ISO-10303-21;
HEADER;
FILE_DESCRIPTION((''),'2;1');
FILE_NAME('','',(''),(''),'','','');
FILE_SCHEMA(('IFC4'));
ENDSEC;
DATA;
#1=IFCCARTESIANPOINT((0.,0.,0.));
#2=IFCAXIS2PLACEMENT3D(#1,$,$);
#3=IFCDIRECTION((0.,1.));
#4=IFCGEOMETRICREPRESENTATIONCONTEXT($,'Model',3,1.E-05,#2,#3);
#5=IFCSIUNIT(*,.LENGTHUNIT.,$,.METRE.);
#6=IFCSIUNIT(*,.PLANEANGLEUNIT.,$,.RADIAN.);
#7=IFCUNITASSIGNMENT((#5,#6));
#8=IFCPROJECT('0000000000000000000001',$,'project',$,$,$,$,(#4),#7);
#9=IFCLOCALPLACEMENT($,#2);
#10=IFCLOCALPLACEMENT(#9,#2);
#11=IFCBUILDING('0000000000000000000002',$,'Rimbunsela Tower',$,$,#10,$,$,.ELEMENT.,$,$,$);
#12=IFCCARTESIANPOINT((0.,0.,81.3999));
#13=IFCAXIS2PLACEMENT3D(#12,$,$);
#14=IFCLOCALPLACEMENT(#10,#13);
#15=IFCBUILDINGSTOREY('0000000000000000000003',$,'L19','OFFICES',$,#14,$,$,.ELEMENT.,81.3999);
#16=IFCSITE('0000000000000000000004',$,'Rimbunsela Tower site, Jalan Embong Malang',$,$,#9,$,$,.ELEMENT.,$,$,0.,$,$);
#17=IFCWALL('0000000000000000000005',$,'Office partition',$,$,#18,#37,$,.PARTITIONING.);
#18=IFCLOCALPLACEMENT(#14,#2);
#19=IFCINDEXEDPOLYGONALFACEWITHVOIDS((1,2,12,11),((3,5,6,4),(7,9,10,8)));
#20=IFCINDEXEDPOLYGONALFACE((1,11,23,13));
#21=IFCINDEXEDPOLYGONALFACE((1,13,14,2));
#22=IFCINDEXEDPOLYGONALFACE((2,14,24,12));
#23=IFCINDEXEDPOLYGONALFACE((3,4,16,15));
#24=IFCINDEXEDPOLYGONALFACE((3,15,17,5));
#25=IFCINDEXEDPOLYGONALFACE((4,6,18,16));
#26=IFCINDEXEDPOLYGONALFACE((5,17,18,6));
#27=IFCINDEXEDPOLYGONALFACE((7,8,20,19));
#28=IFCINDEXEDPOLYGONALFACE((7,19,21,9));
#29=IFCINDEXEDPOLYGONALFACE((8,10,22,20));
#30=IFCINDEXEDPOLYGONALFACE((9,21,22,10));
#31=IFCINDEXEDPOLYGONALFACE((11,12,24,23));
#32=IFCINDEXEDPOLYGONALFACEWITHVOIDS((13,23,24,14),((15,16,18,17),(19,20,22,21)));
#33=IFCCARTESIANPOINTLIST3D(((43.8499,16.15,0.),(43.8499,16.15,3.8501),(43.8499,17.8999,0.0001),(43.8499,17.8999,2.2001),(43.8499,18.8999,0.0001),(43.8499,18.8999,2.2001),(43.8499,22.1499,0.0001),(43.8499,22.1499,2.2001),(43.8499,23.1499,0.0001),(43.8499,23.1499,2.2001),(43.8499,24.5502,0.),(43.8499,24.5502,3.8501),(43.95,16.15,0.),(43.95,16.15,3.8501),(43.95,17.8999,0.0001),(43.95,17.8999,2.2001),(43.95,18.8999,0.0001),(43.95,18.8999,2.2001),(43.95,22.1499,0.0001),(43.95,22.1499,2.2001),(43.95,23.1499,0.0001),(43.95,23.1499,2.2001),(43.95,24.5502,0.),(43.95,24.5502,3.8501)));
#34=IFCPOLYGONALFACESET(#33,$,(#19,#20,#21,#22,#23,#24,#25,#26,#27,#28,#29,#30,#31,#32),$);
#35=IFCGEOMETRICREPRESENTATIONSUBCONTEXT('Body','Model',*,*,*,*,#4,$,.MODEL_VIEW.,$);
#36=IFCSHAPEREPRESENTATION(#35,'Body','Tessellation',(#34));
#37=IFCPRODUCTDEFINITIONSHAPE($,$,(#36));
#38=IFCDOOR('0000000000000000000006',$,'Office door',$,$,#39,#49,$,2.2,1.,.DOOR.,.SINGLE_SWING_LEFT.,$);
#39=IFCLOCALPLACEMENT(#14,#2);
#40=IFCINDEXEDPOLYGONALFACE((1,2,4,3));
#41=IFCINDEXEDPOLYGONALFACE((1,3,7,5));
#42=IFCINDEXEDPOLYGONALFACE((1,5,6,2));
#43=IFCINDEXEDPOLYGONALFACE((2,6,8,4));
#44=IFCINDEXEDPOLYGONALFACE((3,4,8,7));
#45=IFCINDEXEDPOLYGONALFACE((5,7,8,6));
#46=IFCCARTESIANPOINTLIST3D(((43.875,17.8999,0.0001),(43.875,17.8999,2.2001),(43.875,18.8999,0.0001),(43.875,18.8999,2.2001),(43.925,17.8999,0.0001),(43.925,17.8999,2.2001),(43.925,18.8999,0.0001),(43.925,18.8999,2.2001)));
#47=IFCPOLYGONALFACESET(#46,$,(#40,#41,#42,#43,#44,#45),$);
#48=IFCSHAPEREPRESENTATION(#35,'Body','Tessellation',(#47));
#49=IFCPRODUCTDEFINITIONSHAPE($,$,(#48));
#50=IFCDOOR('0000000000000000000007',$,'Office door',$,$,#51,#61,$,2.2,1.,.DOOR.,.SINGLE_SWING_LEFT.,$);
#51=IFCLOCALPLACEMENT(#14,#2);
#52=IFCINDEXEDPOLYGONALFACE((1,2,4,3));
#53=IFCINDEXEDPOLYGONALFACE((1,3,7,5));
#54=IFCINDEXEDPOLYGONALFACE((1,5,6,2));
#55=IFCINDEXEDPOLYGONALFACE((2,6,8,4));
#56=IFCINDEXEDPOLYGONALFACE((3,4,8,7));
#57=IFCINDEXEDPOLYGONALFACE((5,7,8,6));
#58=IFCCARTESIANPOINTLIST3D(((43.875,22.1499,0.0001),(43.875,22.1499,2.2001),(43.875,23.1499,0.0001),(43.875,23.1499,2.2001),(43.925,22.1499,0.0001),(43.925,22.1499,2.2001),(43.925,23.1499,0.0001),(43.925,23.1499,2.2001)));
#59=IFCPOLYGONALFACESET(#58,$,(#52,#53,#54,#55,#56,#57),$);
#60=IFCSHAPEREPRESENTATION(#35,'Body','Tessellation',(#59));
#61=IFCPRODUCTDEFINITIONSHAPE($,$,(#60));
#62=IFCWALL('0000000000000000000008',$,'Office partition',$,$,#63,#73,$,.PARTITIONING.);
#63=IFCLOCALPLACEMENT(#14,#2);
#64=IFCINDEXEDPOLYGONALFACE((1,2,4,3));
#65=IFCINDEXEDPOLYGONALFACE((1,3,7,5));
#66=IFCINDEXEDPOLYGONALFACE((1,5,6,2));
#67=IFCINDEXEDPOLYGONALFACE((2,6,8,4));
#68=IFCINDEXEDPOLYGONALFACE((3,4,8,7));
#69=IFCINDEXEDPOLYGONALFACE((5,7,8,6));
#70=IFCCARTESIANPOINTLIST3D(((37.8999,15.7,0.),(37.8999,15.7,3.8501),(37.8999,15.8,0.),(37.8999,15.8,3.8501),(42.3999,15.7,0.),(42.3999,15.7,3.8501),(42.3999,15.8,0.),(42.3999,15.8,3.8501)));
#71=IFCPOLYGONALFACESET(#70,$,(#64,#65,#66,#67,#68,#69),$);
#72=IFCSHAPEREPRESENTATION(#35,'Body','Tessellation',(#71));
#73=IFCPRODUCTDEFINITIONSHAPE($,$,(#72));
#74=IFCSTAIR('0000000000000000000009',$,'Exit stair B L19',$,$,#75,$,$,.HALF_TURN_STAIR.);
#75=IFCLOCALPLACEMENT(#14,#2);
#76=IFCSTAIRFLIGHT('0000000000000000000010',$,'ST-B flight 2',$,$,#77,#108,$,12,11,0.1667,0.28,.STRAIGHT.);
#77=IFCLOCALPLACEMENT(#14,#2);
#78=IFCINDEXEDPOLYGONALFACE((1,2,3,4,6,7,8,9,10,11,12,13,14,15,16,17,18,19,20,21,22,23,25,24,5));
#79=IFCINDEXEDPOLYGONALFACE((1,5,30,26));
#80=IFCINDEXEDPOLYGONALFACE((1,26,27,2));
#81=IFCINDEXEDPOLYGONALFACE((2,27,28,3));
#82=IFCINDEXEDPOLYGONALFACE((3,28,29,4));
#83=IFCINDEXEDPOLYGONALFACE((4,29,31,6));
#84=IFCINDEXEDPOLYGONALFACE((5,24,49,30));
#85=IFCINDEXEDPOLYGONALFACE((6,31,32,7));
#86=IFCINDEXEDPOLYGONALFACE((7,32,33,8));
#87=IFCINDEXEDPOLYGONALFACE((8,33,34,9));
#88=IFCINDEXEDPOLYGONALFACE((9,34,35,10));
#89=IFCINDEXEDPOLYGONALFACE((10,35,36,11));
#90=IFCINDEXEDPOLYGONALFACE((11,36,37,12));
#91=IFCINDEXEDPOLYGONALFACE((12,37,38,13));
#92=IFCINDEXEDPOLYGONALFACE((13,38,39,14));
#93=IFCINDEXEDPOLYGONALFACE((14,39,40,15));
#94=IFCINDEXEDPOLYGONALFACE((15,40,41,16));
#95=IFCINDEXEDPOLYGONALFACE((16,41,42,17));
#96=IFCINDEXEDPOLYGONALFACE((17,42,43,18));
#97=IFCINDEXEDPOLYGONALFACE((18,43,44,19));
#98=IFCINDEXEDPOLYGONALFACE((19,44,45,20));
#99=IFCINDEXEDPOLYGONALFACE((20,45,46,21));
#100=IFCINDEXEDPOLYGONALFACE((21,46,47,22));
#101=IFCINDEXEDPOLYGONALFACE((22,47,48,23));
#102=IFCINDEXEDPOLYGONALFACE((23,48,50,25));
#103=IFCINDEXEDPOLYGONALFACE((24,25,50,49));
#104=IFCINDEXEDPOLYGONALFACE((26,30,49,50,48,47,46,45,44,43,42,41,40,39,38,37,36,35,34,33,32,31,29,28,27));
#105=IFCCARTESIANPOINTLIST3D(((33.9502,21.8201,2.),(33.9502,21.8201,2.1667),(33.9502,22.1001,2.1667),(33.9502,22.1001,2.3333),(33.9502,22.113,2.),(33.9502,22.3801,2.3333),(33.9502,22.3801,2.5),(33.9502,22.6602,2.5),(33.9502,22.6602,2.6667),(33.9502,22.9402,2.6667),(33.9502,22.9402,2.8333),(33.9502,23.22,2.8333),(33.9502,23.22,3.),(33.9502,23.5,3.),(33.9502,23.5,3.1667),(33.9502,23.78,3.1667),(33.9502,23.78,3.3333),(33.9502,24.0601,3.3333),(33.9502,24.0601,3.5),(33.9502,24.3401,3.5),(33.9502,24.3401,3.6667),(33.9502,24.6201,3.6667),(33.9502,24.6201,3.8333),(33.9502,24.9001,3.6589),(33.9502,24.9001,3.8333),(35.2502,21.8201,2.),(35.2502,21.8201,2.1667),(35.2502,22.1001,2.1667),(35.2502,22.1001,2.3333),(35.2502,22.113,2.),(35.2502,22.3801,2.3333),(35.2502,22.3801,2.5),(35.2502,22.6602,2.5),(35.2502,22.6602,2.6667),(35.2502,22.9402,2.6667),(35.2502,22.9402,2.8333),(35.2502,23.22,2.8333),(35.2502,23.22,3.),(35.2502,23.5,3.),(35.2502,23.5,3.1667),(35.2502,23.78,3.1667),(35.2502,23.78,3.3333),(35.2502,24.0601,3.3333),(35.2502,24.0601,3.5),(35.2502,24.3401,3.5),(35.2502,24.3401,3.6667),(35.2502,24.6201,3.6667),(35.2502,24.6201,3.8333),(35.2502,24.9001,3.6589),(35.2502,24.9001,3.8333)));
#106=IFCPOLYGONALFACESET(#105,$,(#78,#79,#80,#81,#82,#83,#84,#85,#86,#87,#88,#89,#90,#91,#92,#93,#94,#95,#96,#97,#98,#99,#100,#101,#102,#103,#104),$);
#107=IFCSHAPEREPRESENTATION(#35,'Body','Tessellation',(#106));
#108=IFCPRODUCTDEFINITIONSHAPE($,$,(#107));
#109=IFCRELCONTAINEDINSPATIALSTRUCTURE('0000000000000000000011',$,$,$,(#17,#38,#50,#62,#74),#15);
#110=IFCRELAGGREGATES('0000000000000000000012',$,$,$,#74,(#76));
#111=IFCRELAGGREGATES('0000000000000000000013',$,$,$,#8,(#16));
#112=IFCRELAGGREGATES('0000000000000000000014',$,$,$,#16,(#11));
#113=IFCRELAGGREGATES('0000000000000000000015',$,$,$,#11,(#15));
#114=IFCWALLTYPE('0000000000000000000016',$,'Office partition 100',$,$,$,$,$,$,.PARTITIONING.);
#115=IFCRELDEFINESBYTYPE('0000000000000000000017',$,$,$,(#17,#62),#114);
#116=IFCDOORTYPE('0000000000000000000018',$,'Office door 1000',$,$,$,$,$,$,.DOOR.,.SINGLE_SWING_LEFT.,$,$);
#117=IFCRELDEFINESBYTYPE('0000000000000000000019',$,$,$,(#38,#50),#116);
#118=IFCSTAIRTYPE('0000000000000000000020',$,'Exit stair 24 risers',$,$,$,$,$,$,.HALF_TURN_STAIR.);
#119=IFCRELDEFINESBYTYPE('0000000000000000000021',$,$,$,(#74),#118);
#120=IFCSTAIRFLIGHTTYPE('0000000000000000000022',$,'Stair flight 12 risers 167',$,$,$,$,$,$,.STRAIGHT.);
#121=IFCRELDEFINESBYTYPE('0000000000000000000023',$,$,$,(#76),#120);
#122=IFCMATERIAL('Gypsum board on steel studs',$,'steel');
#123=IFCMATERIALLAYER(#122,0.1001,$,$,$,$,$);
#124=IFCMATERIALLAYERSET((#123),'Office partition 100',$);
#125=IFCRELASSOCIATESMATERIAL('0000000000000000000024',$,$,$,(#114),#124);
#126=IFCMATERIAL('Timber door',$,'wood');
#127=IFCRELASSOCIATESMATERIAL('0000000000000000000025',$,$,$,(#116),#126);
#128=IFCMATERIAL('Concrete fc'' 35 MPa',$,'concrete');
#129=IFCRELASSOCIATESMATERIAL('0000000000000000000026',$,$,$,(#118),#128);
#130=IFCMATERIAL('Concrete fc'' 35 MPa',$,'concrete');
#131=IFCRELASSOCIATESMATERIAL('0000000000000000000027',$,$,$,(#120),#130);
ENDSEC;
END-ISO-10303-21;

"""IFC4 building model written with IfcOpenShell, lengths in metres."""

from ifc_helpers import new_model, si_unit, direction, frame, frame_2d, origin, place, context, subcontext, project, spatial, polyline, rectangle, outline, extrude, material, layer, layer_set, type_object, element, fill, aggregate, save


model = new_model("IFC4")

# Units and contexts
model_context = context("Model", 3, precision=1e-05, world=origin(), true_north=direction((0.0, 1.0)))
body_context = subcontext(model_context, "Body", "Model", "MODEL_VIEW")
ifc_project = project(units=[si_unit("LENGTHUNIT", "METRE"), si_unit("PLANEANGLEUNIT", "RADIAN")], contexts=[model_context])

# Site, building, storey
site_placement = place(None, origin())
site = spatial("IfcSite", under=ifc_project, at=site_placement, Name="Rimbunsela Tower site, Jalan Embong Malang", CompositionType="ELEMENT", RefElevation=0.0)
building_placement = place(site_placement, origin())
building = spatial("IfcBuilding", under=site, at=building_placement, Name="Rimbunsela Tower", CompositionType="ELEMENT")
storey_placement = place(building_placement, frame((0.0, 0.0, 81.3999)))
storey = spatial("IfcBuildingStorey", under=building, at=storey_placement, Name="L19", Description="OFFICES", CompositionType="ELEMENT", Elevation=81.3999)

# Shared definitions
ifc_material_1 = material(Name="Gypsum board on steel studs", Category="steel")
ifc_layer_1 = layer(ifc_material_1, 0.1001)
ifc_layer_set_1 = layer_set([ifc_layer_1], Name="Office partition 100")
wall_type_1 = type_object("IfcWallType", Name="Office partition 100", PredefinedType="PARTITIONING", material=ifc_layer_set_1)

# Wall, openings, doors
wall_1_placement = place(storey_placement, frame((43.8999, 16.1499, 0.0), z_axis=(0.0, 0.0, 1.0), x_axis=(0.0, 1.0, 0.0)))
wall_1 = element("IfcWall", 1, at=wall_1_placement, inside=storey, type_object=wall_type_1, Name="Office partition", PredefinedType="PARTITIONING", context=body_context, shape_type="SweptSolid", body=[
    extrude(rectangle(XDim=8.4001, YDim=0.1001, at=frame_2d((4.2002, 0.0))), origin(), (0.0, 0.0, 1.0), 3.8501),
])
opening_1_placement = place(wall_1_placement, frame((1.75, 0.0, 0.0)))
opening_1 = element("IfcOpeningElement", 2, at=opening_1_placement, cuts=wall_1, PredefinedType="OPENING", context=body_context, shape_type="SweptSolid", body=[
    extrude(rectangle(XDim=1.0, YDim=2.2, at=frame_2d((0.5, 1.1001))), frame((0.0, 0.0601, 0.0), z_axis=(0.0, -1.0, 0.0), x_axis=(1.0, 0.0, 0.0)), (0.0, 0.0, 1.0), 0.1201),
])
opening_2_placement = place(wall_1_placement, frame((6.0, 0.0, 0.0)))
opening_2 = element("IfcOpeningElement", 3, at=opening_2_placement, cuts=wall_1, PredefinedType="OPENING", context=body_context, shape_type="SweptSolid", body=[
    extrude(rectangle(XDim=1.0, YDim=2.2, at=frame_2d((0.5, 1.1001))), frame((0.0, 0.0601, 0.0), z_axis=(0.0, -1.0, 0.0), x_axis=(1.0, 0.0, 0.0)), (0.0, 0.0, 1.0), 0.1201),
])
ifc_material_2 = material(Name="Timber door", Category="wood")
door_type_1 = type_object("IfcDoorType", Name="Office door 1000", OperationType="SINGLE_SWING_LEFT", PredefinedType="DOOR", material=ifc_material_2)
door_1_placement = place(opening_1_placement, origin())
door_1 = element("IfcDoor", 4, at=door_1_placement, inside=storey, type_object=door_type_1, Name="Office door", OperationType="SINGLE_SWING_LEFT", OverallHeight=2.2, OverallWidth=1.0, PredefinedType="DOOR", context=body_context, shape_type="SweptSolid", body=[
    extrude(rectangle(XDim=1.0, YDim=2.2, at=frame_2d((0.5, 1.1001))), frame((0.0, 0.0249, 0.0), z_axis=(0.0, -1.0, 0.0), x_axis=(1.0, 0.0, 0.0)), (0.0, 0.0, 1.0), 0.05),
])
fill(opening_1, door_1)
door_2_placement = place(opening_2_placement, origin())
door_2 = element("IfcDoor", 5, at=door_2_placement, inside=storey, type_object=door_type_1, Name="Office door", OperationType="SINGLE_SWING_LEFT", OverallHeight=2.2, OverallWidth=1.0, PredefinedType="DOOR", context=body_context, shape_type="SweptSolid", body=[
    extrude(rectangle(XDim=1.0, YDim=2.2, at=frame_2d((0.5, 1.1001))), frame((0.0, 0.0249, 0.0), z_axis=(0.0, -1.0, 0.0), x_axis=(1.0, 0.0, 0.0)), (0.0, 0.0, 1.0), 0.05),
])
fill(opening_2, door_2)

# Wall
wall_2_placement = place(storey_placement, frame((42.3999, 15.75, 0.0), z_axis=(0.0, 0.0, 1.0), x_axis=(-1.0, 0.0, 0.0)))
element("IfcWall", 6, at=wall_2_placement, inside=storey, type_object=wall_type_1, Name="Office partition", PredefinedType="PARTITIONING", context=body_context, shape_type="SweptSolid", body=[
    extrude(rectangle(XDim=4.5, YDim=0.1001, at=frame_2d((2.25, 0.0))), origin(), (0.0, 0.0, 1.0), 3.8501),
])

# Stair, stair flight
ifc_material_3 = material(Name="Concrete fc' 35 MPa", Category="concrete")
stair_type = type_object("IfcStairType", Name="Exit stair 24 risers", PredefinedType="HALF_TURN_STAIR", material=ifc_material_3)
stair_placement = place(storey_placement, origin())
stair = element("IfcStair", 7, at=stair_placement, inside=storey, type_object=stair_type, Name="Exit stair B L19", PredefinedType="HALF_TURN_STAIR")
ifc_material_4 = material(Name="Concrete fc' 35 MPa", Category="concrete")
stair_flight_type = type_object("IfcStairFlightType", Name="Stair flight 12 risers 167", PredefinedType="STRAIGHT", material=ifc_material_4)
stair_flight_placement = place(storey_placement, frame((34.6001, 21.8201, 2.0), z_axis=(0.0, 0.0, 1.0), x_axis=(0.0, 1.0, 0.0)))
stair_flight = element("IfcStairFlight", 8, at=stair_flight_placement, type_object=stair_flight_type, Name="ST-B flight 2", NumberOfRisers=12, NumberOfTreads=11, PredefinedType="STRAIGHT", RiserHeight=0.1667, TreadLength=0.28, context=body_context, shape_type="SweptSolid", body=[
    extrude(outline(polyline([(0.0, 0.0), (0.0, 0.1667), (0.28, 0.1667), (0.28, 0.3333), (0.5601, 0.3333), (0.5601, 0.5), (0.8401, 0.5), (0.8401, 0.6667), (1.1201, 0.6667), (1.1201, 0.8333), (1.3999, 0.8333), (1.3999, 1.0), (1.6799, 1.0), (1.6799, 1.1667), (1.96, 1.1667), (1.96, 1.3333), (2.24, 1.3333), (2.24, 1.5), (2.52, 1.5), (2.52, 1.6667), (2.8, 1.6667), (2.8, 1.8333), (3.0801, 1.8333), (3.0801, 2.0), (3.0801, 1.6589), (0.293, 0.0), (0.0, 0.0)])), frame((0.0, 0.6499, 0.0), z_axis=(0.0, -1.0, 0.0), x_axis=(1.0, 0.0, 0.0)), (0.0, 0.0, 1.0), 1.3),
])
aggregate(stair, [stair_flight])

save(model, "model.ifc")
